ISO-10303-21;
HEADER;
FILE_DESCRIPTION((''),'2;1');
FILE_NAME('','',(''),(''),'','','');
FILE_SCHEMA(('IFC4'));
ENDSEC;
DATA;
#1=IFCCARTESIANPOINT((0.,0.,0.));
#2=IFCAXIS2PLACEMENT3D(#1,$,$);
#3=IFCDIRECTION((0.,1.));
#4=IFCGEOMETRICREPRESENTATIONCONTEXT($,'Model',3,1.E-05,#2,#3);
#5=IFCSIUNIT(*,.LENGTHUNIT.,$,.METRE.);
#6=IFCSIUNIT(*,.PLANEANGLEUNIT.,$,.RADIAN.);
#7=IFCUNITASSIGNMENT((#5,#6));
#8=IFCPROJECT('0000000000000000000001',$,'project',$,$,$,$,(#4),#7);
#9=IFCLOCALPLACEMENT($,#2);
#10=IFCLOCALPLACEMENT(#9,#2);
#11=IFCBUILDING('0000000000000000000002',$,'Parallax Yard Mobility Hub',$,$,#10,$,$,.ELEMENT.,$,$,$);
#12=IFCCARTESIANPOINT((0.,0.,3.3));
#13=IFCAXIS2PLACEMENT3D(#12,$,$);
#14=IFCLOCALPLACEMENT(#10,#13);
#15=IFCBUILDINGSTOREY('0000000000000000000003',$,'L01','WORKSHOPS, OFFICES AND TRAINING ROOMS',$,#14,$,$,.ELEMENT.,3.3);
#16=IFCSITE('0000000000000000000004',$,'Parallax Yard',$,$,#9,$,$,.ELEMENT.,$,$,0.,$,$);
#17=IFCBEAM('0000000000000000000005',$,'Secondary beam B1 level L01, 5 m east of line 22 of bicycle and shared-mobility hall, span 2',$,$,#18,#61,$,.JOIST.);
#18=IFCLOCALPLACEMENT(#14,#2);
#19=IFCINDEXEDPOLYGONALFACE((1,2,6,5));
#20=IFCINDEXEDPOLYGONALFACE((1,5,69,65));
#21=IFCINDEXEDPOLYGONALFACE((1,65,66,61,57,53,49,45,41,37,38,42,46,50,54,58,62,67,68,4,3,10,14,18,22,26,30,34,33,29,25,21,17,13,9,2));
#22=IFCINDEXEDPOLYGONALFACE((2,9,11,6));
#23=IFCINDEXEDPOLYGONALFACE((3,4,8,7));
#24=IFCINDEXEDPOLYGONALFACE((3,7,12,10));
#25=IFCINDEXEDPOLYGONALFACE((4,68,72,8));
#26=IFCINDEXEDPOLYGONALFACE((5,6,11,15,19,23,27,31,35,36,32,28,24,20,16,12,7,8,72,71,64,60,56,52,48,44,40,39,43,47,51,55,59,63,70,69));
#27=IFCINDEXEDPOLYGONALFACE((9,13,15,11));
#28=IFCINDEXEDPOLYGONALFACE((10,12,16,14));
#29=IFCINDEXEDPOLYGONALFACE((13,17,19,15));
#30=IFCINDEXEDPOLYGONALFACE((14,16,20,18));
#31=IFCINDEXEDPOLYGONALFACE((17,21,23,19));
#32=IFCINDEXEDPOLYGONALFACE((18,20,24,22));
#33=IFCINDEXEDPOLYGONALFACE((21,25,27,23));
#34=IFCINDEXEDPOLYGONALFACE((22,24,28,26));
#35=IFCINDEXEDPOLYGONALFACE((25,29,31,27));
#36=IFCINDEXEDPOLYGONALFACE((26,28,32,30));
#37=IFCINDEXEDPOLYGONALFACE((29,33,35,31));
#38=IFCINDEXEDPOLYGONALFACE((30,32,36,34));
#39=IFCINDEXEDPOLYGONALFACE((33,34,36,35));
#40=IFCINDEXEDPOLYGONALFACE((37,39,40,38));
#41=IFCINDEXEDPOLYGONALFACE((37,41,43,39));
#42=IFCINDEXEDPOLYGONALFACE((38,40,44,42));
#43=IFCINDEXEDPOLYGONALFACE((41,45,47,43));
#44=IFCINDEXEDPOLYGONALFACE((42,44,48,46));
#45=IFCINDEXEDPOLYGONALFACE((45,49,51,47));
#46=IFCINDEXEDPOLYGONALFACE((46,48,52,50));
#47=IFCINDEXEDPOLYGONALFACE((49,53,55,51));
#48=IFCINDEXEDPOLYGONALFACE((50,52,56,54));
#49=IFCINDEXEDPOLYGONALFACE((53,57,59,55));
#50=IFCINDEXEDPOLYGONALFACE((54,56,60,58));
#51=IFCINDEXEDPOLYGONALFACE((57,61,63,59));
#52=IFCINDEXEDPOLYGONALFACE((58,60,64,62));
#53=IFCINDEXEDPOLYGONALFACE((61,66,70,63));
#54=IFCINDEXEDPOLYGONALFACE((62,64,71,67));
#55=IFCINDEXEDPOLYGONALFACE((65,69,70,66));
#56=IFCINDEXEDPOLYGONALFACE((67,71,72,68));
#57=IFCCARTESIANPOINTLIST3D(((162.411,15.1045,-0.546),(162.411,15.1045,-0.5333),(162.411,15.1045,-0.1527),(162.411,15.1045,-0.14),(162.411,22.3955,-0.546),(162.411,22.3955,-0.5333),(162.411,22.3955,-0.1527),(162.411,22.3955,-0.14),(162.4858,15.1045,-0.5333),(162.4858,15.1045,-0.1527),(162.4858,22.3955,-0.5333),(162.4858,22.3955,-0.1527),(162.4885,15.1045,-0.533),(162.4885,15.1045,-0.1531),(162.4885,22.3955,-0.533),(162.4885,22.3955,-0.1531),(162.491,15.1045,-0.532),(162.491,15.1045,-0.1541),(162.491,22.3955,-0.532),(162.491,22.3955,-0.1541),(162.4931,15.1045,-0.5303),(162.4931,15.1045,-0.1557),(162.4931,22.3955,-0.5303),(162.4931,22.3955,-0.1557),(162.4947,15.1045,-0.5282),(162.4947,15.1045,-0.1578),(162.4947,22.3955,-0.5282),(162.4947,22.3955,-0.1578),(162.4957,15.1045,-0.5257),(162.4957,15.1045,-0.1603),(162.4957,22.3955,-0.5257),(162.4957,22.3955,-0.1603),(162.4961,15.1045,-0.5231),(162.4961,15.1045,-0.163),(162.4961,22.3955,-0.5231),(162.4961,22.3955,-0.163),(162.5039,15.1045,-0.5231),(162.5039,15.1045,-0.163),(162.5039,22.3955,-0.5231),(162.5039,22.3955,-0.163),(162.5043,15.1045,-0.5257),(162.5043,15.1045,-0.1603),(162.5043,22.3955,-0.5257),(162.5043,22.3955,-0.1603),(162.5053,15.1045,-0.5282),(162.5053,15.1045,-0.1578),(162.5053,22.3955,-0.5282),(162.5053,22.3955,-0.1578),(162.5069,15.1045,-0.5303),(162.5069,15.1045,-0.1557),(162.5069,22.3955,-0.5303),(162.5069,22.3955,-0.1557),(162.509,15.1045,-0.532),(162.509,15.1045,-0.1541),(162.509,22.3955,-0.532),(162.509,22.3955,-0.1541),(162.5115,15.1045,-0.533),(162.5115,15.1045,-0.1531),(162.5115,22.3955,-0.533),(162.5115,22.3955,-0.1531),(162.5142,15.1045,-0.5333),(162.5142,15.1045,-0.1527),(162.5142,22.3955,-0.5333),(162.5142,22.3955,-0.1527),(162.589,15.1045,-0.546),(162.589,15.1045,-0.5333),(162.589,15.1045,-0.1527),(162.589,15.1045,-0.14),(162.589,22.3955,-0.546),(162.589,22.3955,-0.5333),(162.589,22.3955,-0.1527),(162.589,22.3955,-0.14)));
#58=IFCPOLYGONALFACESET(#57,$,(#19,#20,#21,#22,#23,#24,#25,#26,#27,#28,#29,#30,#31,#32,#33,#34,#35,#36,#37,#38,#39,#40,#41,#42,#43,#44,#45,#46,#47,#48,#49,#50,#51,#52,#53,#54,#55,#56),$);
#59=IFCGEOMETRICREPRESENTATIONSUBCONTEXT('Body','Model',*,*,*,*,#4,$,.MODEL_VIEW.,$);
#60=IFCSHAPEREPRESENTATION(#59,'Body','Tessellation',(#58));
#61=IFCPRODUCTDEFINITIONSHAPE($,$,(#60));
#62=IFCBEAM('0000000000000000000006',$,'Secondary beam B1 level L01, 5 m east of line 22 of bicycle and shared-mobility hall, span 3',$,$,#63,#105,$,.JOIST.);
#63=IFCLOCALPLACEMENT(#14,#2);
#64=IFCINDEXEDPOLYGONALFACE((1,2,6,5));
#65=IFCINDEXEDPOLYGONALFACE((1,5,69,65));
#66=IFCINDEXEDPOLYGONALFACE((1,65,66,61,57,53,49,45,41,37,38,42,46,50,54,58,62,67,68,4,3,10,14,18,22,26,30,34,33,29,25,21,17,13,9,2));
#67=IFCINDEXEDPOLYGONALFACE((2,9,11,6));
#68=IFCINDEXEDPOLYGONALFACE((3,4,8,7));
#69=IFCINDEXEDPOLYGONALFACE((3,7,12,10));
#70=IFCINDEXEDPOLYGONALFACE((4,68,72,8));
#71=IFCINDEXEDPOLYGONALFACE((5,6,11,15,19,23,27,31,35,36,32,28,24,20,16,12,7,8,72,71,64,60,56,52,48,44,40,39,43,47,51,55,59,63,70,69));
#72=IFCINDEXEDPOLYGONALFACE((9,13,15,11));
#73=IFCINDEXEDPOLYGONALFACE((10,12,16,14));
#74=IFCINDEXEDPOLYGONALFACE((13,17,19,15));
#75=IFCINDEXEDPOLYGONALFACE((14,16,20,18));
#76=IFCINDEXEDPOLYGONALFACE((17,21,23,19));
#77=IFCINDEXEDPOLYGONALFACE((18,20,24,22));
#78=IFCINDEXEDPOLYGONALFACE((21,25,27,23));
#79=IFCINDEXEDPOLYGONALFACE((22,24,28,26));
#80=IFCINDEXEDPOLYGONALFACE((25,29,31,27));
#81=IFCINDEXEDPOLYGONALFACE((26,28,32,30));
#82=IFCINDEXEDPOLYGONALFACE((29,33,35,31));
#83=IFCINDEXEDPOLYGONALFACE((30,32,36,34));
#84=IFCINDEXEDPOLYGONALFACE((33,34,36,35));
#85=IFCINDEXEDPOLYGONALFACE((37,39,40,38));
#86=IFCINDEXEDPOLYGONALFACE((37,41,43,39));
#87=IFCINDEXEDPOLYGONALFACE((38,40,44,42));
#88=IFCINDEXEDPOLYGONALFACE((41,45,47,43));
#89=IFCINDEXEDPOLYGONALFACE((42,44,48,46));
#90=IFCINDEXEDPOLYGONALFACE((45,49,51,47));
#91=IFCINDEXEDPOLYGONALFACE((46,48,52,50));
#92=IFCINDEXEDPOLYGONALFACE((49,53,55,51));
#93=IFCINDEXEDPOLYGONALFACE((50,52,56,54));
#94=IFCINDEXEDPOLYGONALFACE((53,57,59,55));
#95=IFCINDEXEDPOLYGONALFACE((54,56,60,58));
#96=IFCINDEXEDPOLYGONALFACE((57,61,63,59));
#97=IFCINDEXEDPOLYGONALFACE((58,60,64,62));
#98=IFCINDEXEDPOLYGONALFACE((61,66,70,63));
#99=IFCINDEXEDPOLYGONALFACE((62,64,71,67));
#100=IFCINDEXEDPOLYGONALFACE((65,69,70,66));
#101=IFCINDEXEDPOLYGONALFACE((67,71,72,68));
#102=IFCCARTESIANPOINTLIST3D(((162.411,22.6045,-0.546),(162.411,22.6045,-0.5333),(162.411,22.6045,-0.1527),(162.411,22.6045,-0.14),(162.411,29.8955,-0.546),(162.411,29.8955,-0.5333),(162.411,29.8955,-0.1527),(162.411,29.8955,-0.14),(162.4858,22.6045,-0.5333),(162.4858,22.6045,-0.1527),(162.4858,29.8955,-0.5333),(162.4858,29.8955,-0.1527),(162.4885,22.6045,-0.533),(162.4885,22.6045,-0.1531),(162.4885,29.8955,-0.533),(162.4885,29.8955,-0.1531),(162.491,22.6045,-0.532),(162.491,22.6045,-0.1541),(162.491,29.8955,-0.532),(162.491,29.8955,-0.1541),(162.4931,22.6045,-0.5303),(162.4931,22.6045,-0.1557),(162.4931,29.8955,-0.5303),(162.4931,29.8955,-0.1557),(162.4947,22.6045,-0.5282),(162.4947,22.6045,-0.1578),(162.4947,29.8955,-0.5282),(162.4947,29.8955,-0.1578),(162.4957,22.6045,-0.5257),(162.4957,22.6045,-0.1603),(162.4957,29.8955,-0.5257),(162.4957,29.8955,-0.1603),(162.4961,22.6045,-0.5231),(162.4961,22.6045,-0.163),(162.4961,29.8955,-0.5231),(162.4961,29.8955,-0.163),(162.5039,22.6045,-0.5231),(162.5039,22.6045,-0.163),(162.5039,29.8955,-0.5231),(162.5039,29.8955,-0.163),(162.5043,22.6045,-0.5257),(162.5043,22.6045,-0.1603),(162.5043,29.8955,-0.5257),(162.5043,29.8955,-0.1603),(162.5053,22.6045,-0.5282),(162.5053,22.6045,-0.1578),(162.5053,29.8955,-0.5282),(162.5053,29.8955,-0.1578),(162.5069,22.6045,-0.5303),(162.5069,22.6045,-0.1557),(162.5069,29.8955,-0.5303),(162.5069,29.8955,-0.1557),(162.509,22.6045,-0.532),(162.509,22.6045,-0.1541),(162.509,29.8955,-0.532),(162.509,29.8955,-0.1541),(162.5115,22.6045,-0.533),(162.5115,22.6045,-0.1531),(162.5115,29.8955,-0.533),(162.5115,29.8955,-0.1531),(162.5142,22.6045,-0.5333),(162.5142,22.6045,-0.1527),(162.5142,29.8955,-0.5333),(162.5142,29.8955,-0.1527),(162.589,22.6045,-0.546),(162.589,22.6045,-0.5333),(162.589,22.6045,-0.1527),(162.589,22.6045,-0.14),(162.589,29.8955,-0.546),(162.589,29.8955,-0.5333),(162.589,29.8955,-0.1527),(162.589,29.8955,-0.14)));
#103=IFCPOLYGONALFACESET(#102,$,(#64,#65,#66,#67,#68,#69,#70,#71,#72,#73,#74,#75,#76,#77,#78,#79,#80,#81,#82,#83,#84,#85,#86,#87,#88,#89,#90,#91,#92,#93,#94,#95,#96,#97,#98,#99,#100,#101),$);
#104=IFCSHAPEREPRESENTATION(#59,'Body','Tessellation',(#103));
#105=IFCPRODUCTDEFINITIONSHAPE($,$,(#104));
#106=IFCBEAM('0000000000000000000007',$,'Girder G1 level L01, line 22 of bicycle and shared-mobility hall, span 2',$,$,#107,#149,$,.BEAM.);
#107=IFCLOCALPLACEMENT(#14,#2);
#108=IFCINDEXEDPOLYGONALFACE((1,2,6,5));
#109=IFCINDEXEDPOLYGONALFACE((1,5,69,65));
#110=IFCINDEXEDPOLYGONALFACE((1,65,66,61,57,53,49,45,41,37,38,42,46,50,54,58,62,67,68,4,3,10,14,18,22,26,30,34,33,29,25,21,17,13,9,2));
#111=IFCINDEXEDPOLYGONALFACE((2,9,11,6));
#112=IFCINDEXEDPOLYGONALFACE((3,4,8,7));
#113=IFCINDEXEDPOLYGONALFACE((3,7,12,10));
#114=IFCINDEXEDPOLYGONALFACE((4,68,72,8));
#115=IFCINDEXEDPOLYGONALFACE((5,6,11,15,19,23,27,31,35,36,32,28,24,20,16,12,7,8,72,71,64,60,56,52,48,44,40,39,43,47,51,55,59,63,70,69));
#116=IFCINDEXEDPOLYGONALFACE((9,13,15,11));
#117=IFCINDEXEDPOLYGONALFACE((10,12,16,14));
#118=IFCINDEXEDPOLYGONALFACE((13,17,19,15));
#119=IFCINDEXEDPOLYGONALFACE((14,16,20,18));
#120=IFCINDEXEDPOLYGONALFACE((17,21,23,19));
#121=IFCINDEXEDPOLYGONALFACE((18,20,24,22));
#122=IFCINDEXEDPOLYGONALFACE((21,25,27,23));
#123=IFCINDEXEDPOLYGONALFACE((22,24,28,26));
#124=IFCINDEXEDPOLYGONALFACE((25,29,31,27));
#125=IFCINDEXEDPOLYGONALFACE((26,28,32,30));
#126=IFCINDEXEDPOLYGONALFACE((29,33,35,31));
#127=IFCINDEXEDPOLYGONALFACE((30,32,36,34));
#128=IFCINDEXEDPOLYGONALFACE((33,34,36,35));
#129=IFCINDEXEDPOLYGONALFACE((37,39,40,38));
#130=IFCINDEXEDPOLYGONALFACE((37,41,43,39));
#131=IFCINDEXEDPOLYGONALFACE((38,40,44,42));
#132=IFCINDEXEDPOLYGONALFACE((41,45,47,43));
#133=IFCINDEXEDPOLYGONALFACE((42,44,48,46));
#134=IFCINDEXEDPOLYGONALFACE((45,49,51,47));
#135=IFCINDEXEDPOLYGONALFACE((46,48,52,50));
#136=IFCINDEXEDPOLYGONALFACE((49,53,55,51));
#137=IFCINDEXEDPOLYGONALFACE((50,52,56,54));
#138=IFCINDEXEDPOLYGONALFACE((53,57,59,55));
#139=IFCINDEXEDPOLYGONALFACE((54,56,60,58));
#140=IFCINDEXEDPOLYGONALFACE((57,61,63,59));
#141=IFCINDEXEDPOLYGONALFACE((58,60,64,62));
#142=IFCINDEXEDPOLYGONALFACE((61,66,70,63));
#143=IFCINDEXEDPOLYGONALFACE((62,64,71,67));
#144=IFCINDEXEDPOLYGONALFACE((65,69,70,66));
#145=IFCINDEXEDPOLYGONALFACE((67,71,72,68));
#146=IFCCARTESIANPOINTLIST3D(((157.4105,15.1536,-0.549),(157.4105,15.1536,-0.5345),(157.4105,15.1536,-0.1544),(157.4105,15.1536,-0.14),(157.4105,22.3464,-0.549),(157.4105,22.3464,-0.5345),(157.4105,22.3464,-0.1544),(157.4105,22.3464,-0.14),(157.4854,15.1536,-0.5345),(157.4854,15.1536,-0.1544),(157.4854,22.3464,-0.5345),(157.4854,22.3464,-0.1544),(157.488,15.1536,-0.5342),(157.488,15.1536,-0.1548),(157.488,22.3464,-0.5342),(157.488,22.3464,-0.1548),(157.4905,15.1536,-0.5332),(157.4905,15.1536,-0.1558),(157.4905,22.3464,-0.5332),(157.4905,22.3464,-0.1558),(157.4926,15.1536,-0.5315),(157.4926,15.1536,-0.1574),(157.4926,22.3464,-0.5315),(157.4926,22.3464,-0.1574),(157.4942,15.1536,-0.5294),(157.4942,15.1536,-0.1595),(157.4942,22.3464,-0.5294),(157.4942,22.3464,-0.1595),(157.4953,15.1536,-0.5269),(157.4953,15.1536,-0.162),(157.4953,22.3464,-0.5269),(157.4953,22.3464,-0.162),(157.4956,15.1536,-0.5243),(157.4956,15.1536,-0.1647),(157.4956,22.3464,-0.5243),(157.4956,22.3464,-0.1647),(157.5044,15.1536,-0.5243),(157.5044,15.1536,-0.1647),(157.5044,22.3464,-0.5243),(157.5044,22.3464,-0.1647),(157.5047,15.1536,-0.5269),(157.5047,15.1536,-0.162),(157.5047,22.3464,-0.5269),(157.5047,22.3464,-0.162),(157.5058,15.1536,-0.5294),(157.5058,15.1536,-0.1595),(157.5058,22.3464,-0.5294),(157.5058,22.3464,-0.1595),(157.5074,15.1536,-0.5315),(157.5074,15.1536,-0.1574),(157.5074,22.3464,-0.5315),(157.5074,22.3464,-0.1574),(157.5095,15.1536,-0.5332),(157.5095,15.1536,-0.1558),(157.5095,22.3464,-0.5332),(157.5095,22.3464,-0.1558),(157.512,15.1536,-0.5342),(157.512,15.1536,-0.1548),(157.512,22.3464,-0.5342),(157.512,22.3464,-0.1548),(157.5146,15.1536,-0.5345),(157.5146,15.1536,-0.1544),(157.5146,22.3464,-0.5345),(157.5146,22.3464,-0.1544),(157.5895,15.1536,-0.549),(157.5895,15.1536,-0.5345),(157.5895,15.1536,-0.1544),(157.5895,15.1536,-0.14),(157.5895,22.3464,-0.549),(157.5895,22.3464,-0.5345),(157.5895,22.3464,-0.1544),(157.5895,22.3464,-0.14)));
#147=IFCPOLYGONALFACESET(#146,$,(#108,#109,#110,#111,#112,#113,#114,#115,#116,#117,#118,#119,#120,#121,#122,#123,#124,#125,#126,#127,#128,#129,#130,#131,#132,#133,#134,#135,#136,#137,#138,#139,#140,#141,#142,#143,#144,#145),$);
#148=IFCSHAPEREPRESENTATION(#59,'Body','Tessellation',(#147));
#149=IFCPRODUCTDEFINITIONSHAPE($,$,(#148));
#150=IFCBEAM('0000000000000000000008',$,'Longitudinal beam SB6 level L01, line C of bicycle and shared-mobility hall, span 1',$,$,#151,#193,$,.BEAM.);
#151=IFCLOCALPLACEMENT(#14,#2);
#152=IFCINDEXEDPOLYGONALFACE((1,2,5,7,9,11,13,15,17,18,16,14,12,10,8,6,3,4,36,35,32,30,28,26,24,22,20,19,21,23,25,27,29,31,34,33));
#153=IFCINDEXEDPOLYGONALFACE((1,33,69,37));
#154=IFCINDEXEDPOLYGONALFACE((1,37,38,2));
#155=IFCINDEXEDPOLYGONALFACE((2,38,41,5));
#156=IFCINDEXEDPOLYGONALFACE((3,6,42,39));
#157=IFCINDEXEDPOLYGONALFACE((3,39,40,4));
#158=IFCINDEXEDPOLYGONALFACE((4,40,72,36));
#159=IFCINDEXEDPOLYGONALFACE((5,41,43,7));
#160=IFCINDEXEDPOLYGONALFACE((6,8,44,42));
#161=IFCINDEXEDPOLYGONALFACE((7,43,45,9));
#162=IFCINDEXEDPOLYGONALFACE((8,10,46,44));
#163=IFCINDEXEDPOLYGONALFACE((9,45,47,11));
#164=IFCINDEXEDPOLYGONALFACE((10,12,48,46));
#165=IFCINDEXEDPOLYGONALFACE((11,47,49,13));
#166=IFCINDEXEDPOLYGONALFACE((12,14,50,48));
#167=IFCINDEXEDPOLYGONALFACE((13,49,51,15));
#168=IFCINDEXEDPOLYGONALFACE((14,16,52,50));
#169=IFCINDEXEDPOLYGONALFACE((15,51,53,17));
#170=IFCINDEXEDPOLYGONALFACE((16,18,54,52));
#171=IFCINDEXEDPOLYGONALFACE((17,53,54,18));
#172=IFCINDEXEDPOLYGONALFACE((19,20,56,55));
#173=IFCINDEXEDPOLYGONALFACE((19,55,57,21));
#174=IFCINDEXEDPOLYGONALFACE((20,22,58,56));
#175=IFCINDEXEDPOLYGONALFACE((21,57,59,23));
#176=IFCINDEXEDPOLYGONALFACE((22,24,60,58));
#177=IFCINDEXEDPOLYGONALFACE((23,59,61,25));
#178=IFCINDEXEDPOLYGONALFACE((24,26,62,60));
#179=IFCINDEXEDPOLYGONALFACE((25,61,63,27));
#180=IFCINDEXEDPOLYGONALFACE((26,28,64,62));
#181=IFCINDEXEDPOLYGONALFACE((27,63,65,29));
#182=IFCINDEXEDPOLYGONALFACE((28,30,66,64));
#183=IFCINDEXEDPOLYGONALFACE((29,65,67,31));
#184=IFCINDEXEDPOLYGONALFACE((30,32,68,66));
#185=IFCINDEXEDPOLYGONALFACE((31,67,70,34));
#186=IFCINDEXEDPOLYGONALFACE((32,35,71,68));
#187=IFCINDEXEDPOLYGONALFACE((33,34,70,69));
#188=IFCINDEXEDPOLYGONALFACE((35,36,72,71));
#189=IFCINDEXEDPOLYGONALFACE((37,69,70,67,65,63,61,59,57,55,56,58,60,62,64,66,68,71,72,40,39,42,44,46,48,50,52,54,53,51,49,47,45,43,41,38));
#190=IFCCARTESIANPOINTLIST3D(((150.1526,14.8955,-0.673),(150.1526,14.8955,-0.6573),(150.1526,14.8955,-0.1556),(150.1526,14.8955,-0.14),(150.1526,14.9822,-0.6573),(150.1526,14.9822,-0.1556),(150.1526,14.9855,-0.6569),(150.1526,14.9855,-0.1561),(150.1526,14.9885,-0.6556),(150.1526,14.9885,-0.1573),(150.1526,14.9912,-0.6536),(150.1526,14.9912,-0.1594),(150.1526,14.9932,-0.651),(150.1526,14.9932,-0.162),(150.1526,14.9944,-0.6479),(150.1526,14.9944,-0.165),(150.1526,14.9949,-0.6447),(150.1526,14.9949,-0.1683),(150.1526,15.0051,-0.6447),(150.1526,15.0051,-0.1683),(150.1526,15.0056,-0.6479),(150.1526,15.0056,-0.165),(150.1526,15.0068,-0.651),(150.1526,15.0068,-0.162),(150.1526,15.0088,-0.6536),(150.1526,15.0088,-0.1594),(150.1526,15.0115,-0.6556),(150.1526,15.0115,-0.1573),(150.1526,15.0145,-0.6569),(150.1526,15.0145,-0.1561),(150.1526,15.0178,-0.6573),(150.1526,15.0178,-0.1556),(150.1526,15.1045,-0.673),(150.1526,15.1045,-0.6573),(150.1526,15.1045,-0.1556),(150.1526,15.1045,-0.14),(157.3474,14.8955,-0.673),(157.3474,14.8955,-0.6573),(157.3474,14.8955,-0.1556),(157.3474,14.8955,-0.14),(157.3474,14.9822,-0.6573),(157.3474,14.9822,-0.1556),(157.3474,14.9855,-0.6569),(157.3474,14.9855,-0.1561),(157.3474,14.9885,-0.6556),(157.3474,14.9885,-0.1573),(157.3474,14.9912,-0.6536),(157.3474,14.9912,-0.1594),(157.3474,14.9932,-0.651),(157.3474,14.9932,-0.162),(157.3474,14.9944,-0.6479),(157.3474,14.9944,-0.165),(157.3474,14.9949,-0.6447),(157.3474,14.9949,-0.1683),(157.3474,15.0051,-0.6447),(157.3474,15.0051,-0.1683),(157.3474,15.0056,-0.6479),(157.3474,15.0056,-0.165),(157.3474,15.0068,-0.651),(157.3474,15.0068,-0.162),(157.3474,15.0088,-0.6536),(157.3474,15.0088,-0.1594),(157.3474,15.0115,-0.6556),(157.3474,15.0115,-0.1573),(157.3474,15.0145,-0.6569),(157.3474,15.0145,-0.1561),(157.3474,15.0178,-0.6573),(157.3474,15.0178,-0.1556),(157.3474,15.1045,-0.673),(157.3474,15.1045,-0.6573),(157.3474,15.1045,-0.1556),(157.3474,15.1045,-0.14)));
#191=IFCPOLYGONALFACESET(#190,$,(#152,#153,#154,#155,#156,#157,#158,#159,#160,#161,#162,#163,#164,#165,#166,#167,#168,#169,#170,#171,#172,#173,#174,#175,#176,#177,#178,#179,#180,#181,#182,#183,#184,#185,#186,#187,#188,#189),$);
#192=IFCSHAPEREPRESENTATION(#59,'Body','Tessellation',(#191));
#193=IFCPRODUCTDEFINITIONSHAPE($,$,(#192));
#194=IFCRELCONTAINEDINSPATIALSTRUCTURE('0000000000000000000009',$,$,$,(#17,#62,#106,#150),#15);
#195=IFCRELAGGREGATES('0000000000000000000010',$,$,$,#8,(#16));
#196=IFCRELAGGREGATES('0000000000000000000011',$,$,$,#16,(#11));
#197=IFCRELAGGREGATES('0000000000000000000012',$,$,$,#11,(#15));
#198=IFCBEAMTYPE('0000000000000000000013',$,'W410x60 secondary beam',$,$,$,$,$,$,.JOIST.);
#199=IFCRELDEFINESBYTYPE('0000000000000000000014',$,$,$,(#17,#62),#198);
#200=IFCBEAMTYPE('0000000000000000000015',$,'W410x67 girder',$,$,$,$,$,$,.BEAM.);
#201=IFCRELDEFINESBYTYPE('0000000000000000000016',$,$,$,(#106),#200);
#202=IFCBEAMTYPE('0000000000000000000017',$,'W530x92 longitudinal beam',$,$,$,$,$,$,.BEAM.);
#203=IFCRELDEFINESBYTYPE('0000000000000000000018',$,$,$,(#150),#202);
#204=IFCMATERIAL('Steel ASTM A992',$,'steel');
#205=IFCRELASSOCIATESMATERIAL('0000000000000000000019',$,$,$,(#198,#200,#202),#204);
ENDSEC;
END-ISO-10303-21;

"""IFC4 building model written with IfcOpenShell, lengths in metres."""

from ifc_helpers import new_model, si_unit, direction, frame, origin, origin_2d, place, context, subcontext, project, spatial, i_section, extrude, material, material_profile, profile_set, type_object, element, save


model = new_model("IFC4")

# Units and contexts
model_context = context("Model", 3, precision=1e-05, world=origin(), true_north=direction((0.0, 1.0)))
body_context = subcontext(model_context, "Body", "Model", "MODEL_VIEW")
ifc_project = project(units=[si_unit("LENGTHUNIT", "METRE"), si_unit("PLANEANGLEUNIT", "RADIAN")], contexts=[model_context])

# Site, building, storey
site_placement = place(None, origin())
site = spatial("IfcSite", under=ifc_project, at=site_placement, Name="Parallax Yard", CompositionType="ELEMENT", RefElevation=0.0)
building_placement = place(site_placement, origin())
building = spatial("IfcBuilding", under=site, at=building_placement, Name="Parallax Yard Mobility Hub", CompositionType="ELEMENT")
storey_placement = place(building_placement, frame((0.0, 0.0, 3.3)))
storey = spatial("IfcBuildingStorey", under=building, at=storey_placement, Name="L01", Description="WORKSHOPS, OFFICES AND TRAINING ROOMS", CompositionType="ELEMENT", Elevation=3.3)

# Shared definitions
ifc_material_1 = material(Name="Steel ASTM A992", Category="steel")

# Beams
ifc_material_profile_1 = material_profile(ifc_material_1, i_section(OverallWidth=0.178, OverallDepth=0.406, WebThickness=0.0078, FlangeThickness=0.0127, FilletRadius=0.0103, at=origin_2d()), Name="W410x60")
ifc_profile_set_1 = profile_set([ifc_material_profile_1], Name="Steel ASTM A992")
beam_type_1 = type_object("IfcBeamType", Name="W410x60 secondary beam", PredefinedType="JOIST", material=ifc_profile_set_1)
for number, where, z_axis, x_axis, name in (
    (1, (162.5, 15.1045, -0.343), (0.0, 1.0, 0.0), (-1.0, 0.0, 0.0), "Secondary beam B1 level L01, 5 m east of line 22 of bicycle and shared-mobility hall, span 2"),
    (2, (162.5, 22.6045, -0.343), (0.0, 1.0, 0.0), (-1.0, 0.0, 0.0), "Secondary beam B1 level L01, 5 m east of line 22 of bicycle and shared-mobility hall, span 3"),
):
    element("IfcBeam", number, at=place(storey_placement, frame(where, z_axis=z_axis, x_axis=x_axis)), inside=storey, type_object=beam_type_1, Name=name, PredefinedType="JOIST", context=body_context, shape_type="SweptSolid", body=[
        extrude(i_section(OverallWidth=0.178, OverallDepth=0.406, WebThickness=0.0078, FlangeThickness=0.0127, FilletRadius=0.0103, at=origin_2d()), origin(), (0.0, 0.0, 1.0), 7.291),
    ])
ifc_material_profile_2 = material_profile(ifc_material_1, i_section(OverallWidth=0.179, OverallDepth=0.4089, WebThickness=0.0088, FlangeThickness=0.0144, FilletRadius=0.0103, at=origin_2d()), Name="W410x67")
ifc_profile_set_2 = profile_set([ifc_material_profile_2], Name="Steel ASTM A992")
beam_type_2 = type_object("IfcBeamType", Name="W410x67 girder", PredefinedType="BEAM", material=ifc_profile_set_2)
beam_placement = place(storey_placement, frame((157.5, 15.1536, -0.3445), z_axis=(0.0, 1.0, 0.0), x_axis=(-1.0, 0.0, 0.0)))
element("IfcBeam", 3, at=beam_placement, inside=storey, type_object=beam_type_2, Name="Girder G1 level L01, line 22 of bicycle and shared-mobility hall, span 2", PredefinedType="BEAM", context=body_context, shape_type="SweptSolid", body=[
    extrude(i_section(OverallWidth=0.179, OverallDepth=0.4089, WebThickness=0.0088, FlangeThickness=0.0144, FilletRadius=0.0103, at=origin_2d()), origin(), (0.0, 0.0, 1.0), 7.1929),
])
ifc_material_profile_3 = material_profile(ifc_material_1, i_section(OverallWidth=0.209, OverallDepth=0.533, WebThickness=0.0103, FlangeThickness=0.0156, FilletRadius=0.0127, at=origin_2d()), Name="W530x92")
ifc_profile_set_3 = profile_set([ifc_material_profile_3], Name="Steel ASTM A992")
beam_type_3 = type_object("IfcBeamType", Name="W530x92 longitudinal beam", PredefinedType="BEAM", material=ifc_profile_set_3)
for number, where, z_axis, x_axis, name in (
    (4, (150.1526, 15.0, -0.4065), (1.0, 0.0, 0.0), (0.0, 1.0, 0.0), "Longitudinal beam SB6 level L01, line C of bicycle and shared-mobility hall, span 1"),
):
    element("IfcBeam", number, at=place(storey_placement, frame(where, z_axis=z_axis, x_axis=x_axis)), inside=storey, type_object=beam_type_3, Name=name, PredefinedType="BEAM", context=body_context, shape_type="SweptSolid", body=[
        extrude(i_section(OverallWidth=0.209, OverallDepth=0.533, WebThickness=0.0103, FlangeThickness=0.0156, FilletRadius=0.0127, at=origin_2d()), origin(), (0.0, 0.0, 1.0), 7.1948),
    ])

save(model, "model.ifc")
